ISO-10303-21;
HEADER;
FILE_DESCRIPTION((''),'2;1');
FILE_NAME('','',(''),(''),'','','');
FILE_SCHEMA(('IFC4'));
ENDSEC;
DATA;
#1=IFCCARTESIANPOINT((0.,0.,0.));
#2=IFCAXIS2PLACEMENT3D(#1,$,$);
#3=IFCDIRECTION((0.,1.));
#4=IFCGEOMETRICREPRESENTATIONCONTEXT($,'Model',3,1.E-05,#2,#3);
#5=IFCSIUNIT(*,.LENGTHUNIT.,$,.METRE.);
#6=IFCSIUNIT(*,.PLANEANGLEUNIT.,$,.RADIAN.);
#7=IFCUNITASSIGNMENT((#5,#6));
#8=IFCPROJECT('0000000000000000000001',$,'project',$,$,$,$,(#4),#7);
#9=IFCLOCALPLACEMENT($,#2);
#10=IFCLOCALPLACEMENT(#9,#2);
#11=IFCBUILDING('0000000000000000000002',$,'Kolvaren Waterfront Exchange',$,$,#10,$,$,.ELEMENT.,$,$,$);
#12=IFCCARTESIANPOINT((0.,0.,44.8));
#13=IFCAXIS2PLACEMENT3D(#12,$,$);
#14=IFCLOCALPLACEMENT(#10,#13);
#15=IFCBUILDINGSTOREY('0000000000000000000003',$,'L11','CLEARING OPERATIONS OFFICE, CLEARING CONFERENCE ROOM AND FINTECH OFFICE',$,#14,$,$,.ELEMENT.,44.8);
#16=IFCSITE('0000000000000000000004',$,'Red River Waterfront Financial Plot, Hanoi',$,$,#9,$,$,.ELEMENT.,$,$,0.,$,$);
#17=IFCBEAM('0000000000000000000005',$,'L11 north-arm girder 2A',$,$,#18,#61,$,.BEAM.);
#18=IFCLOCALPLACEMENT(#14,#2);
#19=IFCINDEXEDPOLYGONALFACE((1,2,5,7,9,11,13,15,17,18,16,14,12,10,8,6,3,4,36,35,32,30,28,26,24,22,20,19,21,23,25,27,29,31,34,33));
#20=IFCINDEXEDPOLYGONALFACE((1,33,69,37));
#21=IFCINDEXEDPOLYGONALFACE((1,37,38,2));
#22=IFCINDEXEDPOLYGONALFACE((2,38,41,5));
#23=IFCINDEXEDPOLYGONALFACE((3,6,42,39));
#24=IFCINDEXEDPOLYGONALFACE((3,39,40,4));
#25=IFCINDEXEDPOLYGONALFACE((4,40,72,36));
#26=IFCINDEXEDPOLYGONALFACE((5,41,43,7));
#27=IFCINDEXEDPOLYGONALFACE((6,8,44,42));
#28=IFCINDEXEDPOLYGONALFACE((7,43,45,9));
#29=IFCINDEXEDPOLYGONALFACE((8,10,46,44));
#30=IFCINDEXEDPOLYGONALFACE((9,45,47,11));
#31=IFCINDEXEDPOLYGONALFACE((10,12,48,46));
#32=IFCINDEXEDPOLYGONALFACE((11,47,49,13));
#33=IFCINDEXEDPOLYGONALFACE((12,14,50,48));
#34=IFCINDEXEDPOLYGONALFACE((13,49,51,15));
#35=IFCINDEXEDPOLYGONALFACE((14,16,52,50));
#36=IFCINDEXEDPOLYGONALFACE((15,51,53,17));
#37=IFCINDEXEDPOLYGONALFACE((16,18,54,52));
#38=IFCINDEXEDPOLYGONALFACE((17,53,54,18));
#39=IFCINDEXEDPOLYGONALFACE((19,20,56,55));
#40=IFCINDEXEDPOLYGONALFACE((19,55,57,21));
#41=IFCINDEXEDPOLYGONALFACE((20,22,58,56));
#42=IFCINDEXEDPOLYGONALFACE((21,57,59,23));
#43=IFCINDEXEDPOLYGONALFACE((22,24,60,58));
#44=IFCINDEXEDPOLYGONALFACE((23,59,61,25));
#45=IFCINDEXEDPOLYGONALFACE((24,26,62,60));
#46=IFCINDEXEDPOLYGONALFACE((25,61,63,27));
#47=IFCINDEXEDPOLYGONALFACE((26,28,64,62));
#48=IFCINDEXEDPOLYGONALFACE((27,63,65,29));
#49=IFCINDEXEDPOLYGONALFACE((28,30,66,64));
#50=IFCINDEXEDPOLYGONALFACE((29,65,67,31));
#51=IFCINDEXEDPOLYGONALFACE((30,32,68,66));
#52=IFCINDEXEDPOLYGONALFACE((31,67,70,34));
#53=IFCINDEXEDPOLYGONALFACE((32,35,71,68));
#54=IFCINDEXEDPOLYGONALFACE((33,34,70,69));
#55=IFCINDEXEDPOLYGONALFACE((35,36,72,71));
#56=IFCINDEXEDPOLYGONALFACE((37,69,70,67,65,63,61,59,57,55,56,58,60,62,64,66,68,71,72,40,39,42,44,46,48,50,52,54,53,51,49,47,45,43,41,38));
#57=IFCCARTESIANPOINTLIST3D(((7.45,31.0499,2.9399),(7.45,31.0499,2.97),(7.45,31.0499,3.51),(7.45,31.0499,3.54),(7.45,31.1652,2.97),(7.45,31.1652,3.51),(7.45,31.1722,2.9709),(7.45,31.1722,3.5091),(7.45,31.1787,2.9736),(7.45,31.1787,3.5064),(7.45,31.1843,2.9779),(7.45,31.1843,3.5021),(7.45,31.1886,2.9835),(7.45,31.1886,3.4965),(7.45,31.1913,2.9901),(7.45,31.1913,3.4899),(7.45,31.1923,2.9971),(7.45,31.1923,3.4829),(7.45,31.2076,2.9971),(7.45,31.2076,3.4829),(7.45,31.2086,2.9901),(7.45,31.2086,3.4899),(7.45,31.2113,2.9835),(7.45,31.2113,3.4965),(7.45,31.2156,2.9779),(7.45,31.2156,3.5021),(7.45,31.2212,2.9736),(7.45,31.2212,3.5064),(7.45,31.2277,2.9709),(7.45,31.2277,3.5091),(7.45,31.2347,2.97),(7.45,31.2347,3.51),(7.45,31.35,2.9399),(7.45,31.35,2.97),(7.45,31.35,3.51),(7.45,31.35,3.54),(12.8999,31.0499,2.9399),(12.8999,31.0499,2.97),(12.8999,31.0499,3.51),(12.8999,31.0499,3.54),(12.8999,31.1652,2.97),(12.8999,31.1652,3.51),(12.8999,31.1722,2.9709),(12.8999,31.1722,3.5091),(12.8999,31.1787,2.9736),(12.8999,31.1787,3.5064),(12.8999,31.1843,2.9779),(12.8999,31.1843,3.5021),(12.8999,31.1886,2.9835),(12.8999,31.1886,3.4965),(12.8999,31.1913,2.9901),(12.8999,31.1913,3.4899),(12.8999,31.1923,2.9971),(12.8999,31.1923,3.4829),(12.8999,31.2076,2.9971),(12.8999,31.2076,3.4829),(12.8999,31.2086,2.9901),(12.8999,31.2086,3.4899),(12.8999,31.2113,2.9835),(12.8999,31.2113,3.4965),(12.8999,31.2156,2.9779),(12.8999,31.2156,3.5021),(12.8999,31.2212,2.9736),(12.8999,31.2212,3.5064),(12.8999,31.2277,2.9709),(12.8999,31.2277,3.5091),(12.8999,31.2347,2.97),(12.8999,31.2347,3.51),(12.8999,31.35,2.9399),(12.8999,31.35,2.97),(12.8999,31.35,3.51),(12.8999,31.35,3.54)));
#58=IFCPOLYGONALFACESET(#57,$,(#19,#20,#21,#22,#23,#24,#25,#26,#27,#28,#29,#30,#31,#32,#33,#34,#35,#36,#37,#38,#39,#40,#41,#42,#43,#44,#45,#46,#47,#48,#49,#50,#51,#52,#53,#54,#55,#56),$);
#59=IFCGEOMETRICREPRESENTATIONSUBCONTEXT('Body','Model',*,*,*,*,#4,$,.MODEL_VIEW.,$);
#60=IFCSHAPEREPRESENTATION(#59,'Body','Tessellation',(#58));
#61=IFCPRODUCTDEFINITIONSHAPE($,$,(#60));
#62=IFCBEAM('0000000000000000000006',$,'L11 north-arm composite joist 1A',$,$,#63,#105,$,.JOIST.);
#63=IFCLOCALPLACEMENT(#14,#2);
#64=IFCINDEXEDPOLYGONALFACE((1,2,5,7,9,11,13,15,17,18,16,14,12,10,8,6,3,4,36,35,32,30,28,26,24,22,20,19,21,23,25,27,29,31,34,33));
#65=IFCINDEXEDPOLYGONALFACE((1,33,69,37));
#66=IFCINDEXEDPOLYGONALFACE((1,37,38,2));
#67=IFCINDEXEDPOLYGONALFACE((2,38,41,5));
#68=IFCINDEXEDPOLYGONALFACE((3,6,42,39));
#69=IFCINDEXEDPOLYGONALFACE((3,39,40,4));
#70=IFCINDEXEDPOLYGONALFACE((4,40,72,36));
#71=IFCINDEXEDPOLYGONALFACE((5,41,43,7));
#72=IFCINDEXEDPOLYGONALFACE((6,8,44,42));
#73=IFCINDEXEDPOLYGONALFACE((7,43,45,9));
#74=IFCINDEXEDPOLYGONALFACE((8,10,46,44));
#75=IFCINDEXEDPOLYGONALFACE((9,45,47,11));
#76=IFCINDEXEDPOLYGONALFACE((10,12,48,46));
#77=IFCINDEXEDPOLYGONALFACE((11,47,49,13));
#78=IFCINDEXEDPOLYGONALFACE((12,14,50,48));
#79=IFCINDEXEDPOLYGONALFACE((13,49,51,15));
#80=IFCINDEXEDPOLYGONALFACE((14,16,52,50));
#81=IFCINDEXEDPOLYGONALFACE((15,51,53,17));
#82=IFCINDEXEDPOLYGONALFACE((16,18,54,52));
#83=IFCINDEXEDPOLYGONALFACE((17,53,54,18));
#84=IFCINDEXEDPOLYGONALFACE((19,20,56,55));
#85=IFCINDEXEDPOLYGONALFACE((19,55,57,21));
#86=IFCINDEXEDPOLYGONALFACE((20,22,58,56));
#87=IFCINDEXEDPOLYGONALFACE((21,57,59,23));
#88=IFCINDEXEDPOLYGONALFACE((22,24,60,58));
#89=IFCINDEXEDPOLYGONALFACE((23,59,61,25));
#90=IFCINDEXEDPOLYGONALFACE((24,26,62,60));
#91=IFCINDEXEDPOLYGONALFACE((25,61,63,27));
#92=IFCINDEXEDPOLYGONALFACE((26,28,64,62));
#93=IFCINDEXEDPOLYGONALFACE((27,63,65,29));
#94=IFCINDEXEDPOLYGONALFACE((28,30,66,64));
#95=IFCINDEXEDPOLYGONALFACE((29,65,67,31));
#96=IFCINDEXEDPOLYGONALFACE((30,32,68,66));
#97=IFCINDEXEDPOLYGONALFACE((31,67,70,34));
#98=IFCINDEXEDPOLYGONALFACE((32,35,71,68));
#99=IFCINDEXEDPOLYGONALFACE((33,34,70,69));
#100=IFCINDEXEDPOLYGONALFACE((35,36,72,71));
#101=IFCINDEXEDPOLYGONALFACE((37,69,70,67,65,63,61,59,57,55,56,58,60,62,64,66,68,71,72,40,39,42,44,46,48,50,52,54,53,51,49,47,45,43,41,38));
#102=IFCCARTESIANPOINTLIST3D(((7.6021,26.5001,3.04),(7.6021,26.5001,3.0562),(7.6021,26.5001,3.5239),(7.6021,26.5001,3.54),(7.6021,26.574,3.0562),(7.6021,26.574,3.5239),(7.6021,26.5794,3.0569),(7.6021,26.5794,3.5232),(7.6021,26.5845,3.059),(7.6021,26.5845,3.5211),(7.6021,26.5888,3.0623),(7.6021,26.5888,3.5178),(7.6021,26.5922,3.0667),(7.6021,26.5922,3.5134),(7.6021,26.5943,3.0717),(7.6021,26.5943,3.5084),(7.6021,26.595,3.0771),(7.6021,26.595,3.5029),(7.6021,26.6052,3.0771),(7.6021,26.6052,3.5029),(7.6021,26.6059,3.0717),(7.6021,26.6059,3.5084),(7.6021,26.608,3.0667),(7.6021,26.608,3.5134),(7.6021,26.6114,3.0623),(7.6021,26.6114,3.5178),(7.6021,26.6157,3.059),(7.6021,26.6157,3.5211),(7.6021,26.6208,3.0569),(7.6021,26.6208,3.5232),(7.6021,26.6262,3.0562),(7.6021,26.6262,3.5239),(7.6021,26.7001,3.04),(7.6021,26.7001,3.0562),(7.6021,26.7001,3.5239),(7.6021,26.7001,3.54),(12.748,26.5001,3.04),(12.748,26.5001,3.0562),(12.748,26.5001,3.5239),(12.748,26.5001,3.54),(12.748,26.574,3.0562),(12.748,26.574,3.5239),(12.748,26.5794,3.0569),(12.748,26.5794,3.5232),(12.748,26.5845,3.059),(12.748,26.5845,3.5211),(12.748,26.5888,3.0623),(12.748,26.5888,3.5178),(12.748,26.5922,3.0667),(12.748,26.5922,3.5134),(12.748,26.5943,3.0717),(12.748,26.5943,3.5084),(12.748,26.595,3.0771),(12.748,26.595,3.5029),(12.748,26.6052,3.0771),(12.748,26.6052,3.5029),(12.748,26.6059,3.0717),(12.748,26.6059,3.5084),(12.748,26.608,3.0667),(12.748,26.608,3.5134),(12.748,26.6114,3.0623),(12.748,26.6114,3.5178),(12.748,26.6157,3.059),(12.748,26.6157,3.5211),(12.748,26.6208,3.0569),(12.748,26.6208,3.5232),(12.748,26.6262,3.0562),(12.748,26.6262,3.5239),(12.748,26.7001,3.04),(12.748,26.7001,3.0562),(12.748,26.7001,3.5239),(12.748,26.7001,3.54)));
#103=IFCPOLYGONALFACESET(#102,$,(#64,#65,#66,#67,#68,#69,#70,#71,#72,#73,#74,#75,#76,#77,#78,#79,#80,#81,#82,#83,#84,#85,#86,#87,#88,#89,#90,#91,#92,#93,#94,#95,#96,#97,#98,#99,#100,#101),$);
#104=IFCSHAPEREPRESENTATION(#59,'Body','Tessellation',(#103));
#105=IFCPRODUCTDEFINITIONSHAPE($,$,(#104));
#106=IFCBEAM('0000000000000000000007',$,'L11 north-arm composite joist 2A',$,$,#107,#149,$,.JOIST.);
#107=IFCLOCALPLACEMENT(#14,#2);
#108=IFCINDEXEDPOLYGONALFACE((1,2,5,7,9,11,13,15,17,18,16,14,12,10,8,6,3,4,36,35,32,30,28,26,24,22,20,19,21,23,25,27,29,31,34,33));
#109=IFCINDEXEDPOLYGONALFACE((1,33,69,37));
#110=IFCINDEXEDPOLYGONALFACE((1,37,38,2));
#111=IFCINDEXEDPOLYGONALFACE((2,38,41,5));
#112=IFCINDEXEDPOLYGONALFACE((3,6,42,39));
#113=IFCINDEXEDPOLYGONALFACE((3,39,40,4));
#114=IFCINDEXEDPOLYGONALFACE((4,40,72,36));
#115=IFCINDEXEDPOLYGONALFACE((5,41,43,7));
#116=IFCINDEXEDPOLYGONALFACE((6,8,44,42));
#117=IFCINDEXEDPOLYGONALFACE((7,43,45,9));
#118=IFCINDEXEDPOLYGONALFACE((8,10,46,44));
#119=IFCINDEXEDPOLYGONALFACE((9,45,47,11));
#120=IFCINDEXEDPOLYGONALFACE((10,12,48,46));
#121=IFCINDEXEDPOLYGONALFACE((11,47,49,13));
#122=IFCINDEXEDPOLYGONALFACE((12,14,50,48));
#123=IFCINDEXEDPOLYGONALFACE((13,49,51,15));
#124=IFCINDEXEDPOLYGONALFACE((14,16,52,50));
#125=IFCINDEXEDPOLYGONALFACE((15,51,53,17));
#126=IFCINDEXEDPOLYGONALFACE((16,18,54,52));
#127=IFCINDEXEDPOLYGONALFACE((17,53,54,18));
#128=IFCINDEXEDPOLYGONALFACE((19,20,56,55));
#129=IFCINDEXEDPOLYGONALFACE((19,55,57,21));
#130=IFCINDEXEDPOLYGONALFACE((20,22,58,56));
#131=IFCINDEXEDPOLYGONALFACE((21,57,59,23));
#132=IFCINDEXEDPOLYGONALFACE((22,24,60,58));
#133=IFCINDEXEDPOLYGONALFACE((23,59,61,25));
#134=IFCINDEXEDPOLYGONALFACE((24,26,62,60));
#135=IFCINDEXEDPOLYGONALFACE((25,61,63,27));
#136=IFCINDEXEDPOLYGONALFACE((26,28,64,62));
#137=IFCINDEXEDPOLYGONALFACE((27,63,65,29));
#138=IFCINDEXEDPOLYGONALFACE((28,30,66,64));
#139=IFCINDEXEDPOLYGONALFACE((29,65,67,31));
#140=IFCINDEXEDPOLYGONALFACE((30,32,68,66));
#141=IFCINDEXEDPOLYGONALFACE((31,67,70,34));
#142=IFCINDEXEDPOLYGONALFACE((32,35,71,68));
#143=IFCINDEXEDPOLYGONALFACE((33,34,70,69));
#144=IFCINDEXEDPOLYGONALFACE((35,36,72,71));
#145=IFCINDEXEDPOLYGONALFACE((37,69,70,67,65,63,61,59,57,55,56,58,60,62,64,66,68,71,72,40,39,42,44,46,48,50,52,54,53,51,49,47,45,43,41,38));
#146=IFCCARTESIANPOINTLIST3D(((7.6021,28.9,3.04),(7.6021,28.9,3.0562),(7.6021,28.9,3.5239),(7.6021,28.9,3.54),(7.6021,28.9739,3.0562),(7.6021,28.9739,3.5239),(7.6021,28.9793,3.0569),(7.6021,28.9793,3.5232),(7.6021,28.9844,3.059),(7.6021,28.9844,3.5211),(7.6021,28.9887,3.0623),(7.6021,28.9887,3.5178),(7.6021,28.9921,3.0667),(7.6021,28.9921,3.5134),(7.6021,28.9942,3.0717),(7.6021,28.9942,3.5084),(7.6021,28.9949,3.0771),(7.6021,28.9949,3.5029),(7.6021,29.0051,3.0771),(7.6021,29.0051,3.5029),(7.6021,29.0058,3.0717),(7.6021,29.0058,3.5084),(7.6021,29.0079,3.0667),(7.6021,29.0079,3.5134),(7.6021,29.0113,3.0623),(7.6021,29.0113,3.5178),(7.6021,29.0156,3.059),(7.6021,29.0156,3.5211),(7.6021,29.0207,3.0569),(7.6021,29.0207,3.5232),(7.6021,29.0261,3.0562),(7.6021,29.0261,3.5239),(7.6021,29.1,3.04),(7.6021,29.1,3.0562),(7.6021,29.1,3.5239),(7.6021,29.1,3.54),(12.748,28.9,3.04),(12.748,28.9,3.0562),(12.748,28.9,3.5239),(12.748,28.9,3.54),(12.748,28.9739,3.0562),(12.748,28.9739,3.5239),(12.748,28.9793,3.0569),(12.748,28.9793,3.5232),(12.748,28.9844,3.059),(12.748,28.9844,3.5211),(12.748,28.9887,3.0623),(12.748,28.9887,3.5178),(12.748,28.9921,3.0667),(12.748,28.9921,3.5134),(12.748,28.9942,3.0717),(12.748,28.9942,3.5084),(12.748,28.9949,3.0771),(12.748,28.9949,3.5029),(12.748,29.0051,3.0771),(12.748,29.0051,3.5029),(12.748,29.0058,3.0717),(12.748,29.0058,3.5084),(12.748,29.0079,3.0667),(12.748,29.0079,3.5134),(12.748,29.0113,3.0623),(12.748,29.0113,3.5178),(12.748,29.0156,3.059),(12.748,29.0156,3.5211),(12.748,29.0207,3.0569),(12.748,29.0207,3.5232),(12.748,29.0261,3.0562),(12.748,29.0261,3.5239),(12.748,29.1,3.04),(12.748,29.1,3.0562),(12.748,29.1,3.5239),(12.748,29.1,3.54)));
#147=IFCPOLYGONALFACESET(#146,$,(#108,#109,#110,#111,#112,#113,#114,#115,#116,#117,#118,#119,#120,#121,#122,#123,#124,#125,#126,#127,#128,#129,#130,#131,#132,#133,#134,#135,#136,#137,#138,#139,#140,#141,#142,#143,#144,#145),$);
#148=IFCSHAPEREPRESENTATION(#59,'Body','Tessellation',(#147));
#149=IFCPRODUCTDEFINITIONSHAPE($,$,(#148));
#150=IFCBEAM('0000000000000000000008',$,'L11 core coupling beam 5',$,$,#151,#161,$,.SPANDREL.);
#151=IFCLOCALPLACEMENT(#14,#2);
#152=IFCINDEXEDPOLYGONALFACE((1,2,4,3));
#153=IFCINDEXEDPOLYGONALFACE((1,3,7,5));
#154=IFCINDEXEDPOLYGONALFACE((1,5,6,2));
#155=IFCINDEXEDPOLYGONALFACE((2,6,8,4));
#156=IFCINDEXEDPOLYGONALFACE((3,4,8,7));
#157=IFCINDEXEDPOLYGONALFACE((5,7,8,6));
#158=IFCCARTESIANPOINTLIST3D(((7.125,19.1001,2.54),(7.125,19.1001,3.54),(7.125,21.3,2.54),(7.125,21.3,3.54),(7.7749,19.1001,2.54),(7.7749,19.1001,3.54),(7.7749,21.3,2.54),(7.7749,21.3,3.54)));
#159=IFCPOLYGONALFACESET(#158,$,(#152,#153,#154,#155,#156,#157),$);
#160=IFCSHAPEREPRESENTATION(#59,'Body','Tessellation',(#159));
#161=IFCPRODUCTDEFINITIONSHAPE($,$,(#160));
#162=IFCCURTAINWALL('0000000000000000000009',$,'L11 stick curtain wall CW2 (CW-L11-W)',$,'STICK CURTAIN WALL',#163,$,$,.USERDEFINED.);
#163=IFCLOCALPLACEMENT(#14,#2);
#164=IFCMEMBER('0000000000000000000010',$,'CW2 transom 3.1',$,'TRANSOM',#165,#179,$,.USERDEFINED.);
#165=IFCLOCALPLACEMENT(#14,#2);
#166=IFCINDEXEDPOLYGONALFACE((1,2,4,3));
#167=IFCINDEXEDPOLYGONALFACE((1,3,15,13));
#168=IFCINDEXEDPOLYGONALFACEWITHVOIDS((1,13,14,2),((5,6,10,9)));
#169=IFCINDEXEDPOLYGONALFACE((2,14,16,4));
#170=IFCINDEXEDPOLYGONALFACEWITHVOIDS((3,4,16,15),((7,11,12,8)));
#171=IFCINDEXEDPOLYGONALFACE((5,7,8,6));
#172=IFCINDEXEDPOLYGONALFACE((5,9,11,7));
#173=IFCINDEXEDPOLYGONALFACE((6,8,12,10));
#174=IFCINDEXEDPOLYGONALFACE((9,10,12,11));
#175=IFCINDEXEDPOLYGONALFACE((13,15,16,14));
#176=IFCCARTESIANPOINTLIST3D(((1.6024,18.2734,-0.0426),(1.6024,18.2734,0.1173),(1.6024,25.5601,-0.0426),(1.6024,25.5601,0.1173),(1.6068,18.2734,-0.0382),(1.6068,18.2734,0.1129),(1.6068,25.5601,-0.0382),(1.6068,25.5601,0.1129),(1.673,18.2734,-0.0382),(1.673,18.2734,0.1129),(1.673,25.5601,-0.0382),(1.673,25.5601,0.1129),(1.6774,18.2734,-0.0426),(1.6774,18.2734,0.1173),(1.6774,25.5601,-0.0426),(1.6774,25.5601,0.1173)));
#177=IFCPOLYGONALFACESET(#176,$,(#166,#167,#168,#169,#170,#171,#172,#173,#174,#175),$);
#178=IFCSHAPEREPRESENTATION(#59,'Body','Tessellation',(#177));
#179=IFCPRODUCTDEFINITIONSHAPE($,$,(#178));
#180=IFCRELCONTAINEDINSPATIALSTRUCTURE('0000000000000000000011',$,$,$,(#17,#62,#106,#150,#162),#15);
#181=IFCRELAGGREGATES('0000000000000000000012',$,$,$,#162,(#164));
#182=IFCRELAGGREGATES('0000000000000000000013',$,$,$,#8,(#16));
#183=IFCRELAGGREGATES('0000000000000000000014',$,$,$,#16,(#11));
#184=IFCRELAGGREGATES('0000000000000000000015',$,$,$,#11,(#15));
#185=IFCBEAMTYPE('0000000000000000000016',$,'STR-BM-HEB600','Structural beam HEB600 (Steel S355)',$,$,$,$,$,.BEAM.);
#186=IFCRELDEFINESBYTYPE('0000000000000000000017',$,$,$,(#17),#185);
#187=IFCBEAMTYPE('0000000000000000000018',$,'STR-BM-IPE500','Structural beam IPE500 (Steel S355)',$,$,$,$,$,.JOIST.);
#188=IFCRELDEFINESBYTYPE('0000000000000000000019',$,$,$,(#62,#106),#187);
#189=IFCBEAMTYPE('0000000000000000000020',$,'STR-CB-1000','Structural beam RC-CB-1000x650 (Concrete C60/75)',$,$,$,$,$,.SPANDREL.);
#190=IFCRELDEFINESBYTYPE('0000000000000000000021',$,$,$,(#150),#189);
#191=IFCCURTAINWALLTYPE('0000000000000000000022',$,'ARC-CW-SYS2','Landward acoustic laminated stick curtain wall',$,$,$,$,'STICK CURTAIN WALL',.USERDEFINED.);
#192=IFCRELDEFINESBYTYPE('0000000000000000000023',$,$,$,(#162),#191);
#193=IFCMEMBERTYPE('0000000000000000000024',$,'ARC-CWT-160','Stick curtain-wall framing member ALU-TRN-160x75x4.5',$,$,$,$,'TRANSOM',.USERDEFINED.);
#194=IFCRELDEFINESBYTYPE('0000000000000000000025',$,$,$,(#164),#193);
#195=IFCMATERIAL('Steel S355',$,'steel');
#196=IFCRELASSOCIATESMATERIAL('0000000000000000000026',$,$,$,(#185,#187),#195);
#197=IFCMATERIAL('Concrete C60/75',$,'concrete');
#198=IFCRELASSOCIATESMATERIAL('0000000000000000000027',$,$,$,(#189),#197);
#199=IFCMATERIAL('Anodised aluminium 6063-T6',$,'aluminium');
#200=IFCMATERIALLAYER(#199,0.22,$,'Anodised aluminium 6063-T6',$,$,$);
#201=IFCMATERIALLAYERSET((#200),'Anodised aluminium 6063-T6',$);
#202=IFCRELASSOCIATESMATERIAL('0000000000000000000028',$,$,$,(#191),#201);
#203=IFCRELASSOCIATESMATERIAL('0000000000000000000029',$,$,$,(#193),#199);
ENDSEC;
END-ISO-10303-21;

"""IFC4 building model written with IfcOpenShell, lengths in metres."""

from ifc_helpers import new_model, si_unit, direction, frame, origin, origin_with_axes, origin_2d, place, context, subcontext, project, spatial, rectangle, hollow_rectangle, i_section, extrude, source, transform, mapped, material, layer, layer_set, material_profile, profile_set, type_object, element, aggregate, save


model = new_model("IFC4")

# Units and contexts
model_context = context("Model", 3, precision=1e-05, world=origin(), true_north=direction((0.0, 1.0)))
body_context = subcontext(model_context, "Body", "Model", "MODEL_VIEW")
ifc_project = project(units=[si_unit("LENGTHUNIT", "METRE"), si_unit("PLANEANGLEUNIT", "RADIAN")], contexts=[model_context])

# Site, building, storey
site_placement = place(None, origin())
site = spatial("IfcSite", under=ifc_project, at=site_placement, Name="Red River Waterfront Financial Plot, Hanoi", CompositionType="ELEMENT", RefElevation=0.0)
building_placement = place(site_placement, origin())
building = spatial("IfcBuilding", under=site, at=building_placement, Name="Kolvaren Waterfront Exchange", CompositionType="ELEMENT")
storey_placement = place(building_placement, frame((0.0, 0.0, 44.8)))
storey = spatial("IfcBuildingStorey", under=building, at=storey_placement, Name="L11", Description="CLEARING OPERATIONS OFFICE, CLEARING CONFERENCE ROOM AND FINTECH OFFICE", CompositionType="ELEMENT", Elevation=44.8)

# Beams
ifc_material_1 = material(Name="Steel S355", Category="steel")
ifc_material_profile_1 = material_profile(ifc_material_1, i_section(OverallWidth=0.3, OverallDepth=0.6001, WebThickness=0.0154, FlangeThickness=0.03, FilletRadius=0.0271, at=origin_2d()), Name="HEB600")
ifc_profile_set_1 = profile_set([ifc_material_profile_1], Name="Steel S355")
beam_type_1 = type_object("IfcBeamType", Name="STR-BM-HEB600", Description="Structural beam HEB600 (Steel S355)", PredefinedType="BEAM", material=ifc_profile_set_1)
for number, where, z_axis, x_axis, name in (
    (1, (7.45, 31.2, 3.24), (1.0, 0.0, 0.0), (0.0, 1.0, 0.0), "L11 north-arm girder 2A"),
):
    element("IfcBeam", number, at=place(storey_placement, frame(where, z_axis=z_axis, x_axis=x_axis)), inside=storey, type_object=beam_type_1, Name=name, PredefinedType="BEAM", context=body_context, shape_type="SweptSolid", body=[
        extrude(i_section(OverallWidth=0.3, OverallDepth=0.6001, WebThickness=0.0154, FlangeThickness=0.03, FilletRadius=0.0271, at=origin_2d()), origin(), (0.0, 0.0, 1.0), 5.45),
    ])
ifc_material_profile_2 = material_profile(ifc_material_1, i_section(OverallWidth=0.2, OverallDepth=0.5, WebThickness=0.0103, FlangeThickness=0.0161, FilletRadius=0.021, at=origin_2d()), Name="IPE500")
ifc_profile_set_2 = profile_set([ifc_material_profile_2], Name="Steel S355")
beam_type_2 = type_object("IfcBeamType", Name="STR-BM-IPE500", Description="Structural beam IPE500 (Steel S355)", PredefinedType="JOIST", material=ifc_profile_set_2)
for number, where, z_axis, x_axis, name in (
    (2, (7.6021, 26.6001, 3.29), (1.0, 0.0, 0.0), (0.0, 1.0, 0.0), "L11 north-arm composite joist 1A"),
    (3, (7.6021, 29.0, 3.29), (1.0, 0.0, 0.0), (0.0, 1.0, 0.0), "L11 north-arm composite joist 2A"),
):
    element("IfcBeam", number, at=place(storey_placement, frame(where, z_axis=z_axis, x_axis=x_axis)), inside=storey, type_object=beam_type_2, Name=name, PredefinedType="JOIST", context=body_context, shape_type="SweptSolid", body=[
        extrude(i_section(OverallWidth=0.2, OverallDepth=0.5, WebThickness=0.0103, FlangeThickness=0.0161, FilletRadius=0.021, at=origin_2d()), origin(), (0.0, 0.0, 1.0), 5.146),
    ])
ifc_material_2 = material(Name="Concrete C60/75", Category="concrete")
ifc_material_profile_3 = material_profile(ifc_material_2, rectangle(XDim=0.6499, YDim=1.0, at=origin_2d()), Name="RC-CB-1000x650")
ifc_profile_set_3 = profile_set([ifc_material_profile_3], Name="Concrete C60/75")
beam_type_3 = type_object("IfcBeamType", Name="STR-CB-1000", Description="Structural beam RC-CB-1000x650 (Concrete C60/75)", PredefinedType="SPANDREL", material=ifc_profile_set_3)
beam_1_placement = place(storey_placement, frame((7.45, 19.1001, 3.04), z_axis=(0.0, 1.0, 0.0), x_axis=(-1.0, 0.0, 0.0)))
element("IfcBeam", 4, at=beam_1_placement, inside=storey, type_object=beam_type_3, Name="L11 core coupling beam 5", PredefinedType="SPANDREL", context=body_context, shape_type="SweptSolid", body=[
    extrude(rectangle(XDim=0.6499, YDim=1.0, at=origin_2d()), origin(), (0.0, 0.0, 1.0), 2.2),
])

# Curtain wall, member
ifc_material_3 = material(Name="Anodised aluminium 6063-T6", Category="aluminium")
ifc_layer_1 = layer(ifc_material_3, 0.22, Name="Anodised aluminium 6063-T6")
ifc_layer_set_1 = layer_set([ifc_layer_1], Name="Anodised aluminium 6063-T6")
curtain_wall_type = type_object("IfcCurtainWallType", Name="ARC-CW-SYS2", Description="Landward acoustic laminated stick curtain wall", ElementType="STICK CURTAIN WALL", PredefinedType="USERDEFINED", material=ifc_layer_set_1)
curtain_wall_placement = place(storey_placement, origin())
curtain_wall = element("IfcCurtainWall", 5, at=curtain_wall_placement, inside=storey, type_object=curtain_wall_type, Name="L11 stick curtain wall CW2 (CW-L11-W)", ObjectType="STICK CURTAIN WALL", PredefinedType="USERDEFINED")
ifc_material_profile_4 = material_profile(ifc_material_3, hollow_rectangle(XDim=0.075, YDim=0.1599, WallThickness=0.0044, at=origin_2d()), Name="ALU-TRN-160x75x4.5")
ifc_profile_set_4 = profile_set([ifc_material_profile_4], Name="Anodised aluminium 6063-T6")
member_type_1 = type_object("IfcMemberType", Name="ARC-CWT-160", Description="Stick curtain-wall framing member ALU-TRN-160x75x4.5", ElementType="TRANSOM", PredefinedType="USERDEFINED", material=ifc_profile_set_4)
shared_shape_1 = source(origin_with_axes(), body_context, "Body", "SweptSolid", [
    extrude(hollow_rectangle(XDim=0.075, YDim=0.1599, WallThickness=0.0044, at=origin_2d()), origin(), (0.0, 0.0, 1.0), 7.2866),
])
member_1_placement = place(storey_placement, frame((1.6399, 18.2734, 0.0374), z_axis=(0.0, 1.0, 0.0), x_axis=(-1.0, 0.0, 0.0)))
member_1 = element("IfcMember", 6, at=member_1_placement, type_object=member_type_1, Name="CW2 transom 3.1", ObjectType="TRANSOM", PredefinedType="USERDEFINED", context=body_context, shape_type="MappedRepresentation", body=[
    mapped(shared_shape_1, transform((0.0, 0.0, 0.0), x_axis=(1.0, 0.0, 0.0), y_axis=(0.0, 1.0, 0.0), z_axis=(0.0, 0.0, 1.0), scale=1.0)),
])
aggregate(curtain_wall, [member_1])

save(model, "model.ifc")
